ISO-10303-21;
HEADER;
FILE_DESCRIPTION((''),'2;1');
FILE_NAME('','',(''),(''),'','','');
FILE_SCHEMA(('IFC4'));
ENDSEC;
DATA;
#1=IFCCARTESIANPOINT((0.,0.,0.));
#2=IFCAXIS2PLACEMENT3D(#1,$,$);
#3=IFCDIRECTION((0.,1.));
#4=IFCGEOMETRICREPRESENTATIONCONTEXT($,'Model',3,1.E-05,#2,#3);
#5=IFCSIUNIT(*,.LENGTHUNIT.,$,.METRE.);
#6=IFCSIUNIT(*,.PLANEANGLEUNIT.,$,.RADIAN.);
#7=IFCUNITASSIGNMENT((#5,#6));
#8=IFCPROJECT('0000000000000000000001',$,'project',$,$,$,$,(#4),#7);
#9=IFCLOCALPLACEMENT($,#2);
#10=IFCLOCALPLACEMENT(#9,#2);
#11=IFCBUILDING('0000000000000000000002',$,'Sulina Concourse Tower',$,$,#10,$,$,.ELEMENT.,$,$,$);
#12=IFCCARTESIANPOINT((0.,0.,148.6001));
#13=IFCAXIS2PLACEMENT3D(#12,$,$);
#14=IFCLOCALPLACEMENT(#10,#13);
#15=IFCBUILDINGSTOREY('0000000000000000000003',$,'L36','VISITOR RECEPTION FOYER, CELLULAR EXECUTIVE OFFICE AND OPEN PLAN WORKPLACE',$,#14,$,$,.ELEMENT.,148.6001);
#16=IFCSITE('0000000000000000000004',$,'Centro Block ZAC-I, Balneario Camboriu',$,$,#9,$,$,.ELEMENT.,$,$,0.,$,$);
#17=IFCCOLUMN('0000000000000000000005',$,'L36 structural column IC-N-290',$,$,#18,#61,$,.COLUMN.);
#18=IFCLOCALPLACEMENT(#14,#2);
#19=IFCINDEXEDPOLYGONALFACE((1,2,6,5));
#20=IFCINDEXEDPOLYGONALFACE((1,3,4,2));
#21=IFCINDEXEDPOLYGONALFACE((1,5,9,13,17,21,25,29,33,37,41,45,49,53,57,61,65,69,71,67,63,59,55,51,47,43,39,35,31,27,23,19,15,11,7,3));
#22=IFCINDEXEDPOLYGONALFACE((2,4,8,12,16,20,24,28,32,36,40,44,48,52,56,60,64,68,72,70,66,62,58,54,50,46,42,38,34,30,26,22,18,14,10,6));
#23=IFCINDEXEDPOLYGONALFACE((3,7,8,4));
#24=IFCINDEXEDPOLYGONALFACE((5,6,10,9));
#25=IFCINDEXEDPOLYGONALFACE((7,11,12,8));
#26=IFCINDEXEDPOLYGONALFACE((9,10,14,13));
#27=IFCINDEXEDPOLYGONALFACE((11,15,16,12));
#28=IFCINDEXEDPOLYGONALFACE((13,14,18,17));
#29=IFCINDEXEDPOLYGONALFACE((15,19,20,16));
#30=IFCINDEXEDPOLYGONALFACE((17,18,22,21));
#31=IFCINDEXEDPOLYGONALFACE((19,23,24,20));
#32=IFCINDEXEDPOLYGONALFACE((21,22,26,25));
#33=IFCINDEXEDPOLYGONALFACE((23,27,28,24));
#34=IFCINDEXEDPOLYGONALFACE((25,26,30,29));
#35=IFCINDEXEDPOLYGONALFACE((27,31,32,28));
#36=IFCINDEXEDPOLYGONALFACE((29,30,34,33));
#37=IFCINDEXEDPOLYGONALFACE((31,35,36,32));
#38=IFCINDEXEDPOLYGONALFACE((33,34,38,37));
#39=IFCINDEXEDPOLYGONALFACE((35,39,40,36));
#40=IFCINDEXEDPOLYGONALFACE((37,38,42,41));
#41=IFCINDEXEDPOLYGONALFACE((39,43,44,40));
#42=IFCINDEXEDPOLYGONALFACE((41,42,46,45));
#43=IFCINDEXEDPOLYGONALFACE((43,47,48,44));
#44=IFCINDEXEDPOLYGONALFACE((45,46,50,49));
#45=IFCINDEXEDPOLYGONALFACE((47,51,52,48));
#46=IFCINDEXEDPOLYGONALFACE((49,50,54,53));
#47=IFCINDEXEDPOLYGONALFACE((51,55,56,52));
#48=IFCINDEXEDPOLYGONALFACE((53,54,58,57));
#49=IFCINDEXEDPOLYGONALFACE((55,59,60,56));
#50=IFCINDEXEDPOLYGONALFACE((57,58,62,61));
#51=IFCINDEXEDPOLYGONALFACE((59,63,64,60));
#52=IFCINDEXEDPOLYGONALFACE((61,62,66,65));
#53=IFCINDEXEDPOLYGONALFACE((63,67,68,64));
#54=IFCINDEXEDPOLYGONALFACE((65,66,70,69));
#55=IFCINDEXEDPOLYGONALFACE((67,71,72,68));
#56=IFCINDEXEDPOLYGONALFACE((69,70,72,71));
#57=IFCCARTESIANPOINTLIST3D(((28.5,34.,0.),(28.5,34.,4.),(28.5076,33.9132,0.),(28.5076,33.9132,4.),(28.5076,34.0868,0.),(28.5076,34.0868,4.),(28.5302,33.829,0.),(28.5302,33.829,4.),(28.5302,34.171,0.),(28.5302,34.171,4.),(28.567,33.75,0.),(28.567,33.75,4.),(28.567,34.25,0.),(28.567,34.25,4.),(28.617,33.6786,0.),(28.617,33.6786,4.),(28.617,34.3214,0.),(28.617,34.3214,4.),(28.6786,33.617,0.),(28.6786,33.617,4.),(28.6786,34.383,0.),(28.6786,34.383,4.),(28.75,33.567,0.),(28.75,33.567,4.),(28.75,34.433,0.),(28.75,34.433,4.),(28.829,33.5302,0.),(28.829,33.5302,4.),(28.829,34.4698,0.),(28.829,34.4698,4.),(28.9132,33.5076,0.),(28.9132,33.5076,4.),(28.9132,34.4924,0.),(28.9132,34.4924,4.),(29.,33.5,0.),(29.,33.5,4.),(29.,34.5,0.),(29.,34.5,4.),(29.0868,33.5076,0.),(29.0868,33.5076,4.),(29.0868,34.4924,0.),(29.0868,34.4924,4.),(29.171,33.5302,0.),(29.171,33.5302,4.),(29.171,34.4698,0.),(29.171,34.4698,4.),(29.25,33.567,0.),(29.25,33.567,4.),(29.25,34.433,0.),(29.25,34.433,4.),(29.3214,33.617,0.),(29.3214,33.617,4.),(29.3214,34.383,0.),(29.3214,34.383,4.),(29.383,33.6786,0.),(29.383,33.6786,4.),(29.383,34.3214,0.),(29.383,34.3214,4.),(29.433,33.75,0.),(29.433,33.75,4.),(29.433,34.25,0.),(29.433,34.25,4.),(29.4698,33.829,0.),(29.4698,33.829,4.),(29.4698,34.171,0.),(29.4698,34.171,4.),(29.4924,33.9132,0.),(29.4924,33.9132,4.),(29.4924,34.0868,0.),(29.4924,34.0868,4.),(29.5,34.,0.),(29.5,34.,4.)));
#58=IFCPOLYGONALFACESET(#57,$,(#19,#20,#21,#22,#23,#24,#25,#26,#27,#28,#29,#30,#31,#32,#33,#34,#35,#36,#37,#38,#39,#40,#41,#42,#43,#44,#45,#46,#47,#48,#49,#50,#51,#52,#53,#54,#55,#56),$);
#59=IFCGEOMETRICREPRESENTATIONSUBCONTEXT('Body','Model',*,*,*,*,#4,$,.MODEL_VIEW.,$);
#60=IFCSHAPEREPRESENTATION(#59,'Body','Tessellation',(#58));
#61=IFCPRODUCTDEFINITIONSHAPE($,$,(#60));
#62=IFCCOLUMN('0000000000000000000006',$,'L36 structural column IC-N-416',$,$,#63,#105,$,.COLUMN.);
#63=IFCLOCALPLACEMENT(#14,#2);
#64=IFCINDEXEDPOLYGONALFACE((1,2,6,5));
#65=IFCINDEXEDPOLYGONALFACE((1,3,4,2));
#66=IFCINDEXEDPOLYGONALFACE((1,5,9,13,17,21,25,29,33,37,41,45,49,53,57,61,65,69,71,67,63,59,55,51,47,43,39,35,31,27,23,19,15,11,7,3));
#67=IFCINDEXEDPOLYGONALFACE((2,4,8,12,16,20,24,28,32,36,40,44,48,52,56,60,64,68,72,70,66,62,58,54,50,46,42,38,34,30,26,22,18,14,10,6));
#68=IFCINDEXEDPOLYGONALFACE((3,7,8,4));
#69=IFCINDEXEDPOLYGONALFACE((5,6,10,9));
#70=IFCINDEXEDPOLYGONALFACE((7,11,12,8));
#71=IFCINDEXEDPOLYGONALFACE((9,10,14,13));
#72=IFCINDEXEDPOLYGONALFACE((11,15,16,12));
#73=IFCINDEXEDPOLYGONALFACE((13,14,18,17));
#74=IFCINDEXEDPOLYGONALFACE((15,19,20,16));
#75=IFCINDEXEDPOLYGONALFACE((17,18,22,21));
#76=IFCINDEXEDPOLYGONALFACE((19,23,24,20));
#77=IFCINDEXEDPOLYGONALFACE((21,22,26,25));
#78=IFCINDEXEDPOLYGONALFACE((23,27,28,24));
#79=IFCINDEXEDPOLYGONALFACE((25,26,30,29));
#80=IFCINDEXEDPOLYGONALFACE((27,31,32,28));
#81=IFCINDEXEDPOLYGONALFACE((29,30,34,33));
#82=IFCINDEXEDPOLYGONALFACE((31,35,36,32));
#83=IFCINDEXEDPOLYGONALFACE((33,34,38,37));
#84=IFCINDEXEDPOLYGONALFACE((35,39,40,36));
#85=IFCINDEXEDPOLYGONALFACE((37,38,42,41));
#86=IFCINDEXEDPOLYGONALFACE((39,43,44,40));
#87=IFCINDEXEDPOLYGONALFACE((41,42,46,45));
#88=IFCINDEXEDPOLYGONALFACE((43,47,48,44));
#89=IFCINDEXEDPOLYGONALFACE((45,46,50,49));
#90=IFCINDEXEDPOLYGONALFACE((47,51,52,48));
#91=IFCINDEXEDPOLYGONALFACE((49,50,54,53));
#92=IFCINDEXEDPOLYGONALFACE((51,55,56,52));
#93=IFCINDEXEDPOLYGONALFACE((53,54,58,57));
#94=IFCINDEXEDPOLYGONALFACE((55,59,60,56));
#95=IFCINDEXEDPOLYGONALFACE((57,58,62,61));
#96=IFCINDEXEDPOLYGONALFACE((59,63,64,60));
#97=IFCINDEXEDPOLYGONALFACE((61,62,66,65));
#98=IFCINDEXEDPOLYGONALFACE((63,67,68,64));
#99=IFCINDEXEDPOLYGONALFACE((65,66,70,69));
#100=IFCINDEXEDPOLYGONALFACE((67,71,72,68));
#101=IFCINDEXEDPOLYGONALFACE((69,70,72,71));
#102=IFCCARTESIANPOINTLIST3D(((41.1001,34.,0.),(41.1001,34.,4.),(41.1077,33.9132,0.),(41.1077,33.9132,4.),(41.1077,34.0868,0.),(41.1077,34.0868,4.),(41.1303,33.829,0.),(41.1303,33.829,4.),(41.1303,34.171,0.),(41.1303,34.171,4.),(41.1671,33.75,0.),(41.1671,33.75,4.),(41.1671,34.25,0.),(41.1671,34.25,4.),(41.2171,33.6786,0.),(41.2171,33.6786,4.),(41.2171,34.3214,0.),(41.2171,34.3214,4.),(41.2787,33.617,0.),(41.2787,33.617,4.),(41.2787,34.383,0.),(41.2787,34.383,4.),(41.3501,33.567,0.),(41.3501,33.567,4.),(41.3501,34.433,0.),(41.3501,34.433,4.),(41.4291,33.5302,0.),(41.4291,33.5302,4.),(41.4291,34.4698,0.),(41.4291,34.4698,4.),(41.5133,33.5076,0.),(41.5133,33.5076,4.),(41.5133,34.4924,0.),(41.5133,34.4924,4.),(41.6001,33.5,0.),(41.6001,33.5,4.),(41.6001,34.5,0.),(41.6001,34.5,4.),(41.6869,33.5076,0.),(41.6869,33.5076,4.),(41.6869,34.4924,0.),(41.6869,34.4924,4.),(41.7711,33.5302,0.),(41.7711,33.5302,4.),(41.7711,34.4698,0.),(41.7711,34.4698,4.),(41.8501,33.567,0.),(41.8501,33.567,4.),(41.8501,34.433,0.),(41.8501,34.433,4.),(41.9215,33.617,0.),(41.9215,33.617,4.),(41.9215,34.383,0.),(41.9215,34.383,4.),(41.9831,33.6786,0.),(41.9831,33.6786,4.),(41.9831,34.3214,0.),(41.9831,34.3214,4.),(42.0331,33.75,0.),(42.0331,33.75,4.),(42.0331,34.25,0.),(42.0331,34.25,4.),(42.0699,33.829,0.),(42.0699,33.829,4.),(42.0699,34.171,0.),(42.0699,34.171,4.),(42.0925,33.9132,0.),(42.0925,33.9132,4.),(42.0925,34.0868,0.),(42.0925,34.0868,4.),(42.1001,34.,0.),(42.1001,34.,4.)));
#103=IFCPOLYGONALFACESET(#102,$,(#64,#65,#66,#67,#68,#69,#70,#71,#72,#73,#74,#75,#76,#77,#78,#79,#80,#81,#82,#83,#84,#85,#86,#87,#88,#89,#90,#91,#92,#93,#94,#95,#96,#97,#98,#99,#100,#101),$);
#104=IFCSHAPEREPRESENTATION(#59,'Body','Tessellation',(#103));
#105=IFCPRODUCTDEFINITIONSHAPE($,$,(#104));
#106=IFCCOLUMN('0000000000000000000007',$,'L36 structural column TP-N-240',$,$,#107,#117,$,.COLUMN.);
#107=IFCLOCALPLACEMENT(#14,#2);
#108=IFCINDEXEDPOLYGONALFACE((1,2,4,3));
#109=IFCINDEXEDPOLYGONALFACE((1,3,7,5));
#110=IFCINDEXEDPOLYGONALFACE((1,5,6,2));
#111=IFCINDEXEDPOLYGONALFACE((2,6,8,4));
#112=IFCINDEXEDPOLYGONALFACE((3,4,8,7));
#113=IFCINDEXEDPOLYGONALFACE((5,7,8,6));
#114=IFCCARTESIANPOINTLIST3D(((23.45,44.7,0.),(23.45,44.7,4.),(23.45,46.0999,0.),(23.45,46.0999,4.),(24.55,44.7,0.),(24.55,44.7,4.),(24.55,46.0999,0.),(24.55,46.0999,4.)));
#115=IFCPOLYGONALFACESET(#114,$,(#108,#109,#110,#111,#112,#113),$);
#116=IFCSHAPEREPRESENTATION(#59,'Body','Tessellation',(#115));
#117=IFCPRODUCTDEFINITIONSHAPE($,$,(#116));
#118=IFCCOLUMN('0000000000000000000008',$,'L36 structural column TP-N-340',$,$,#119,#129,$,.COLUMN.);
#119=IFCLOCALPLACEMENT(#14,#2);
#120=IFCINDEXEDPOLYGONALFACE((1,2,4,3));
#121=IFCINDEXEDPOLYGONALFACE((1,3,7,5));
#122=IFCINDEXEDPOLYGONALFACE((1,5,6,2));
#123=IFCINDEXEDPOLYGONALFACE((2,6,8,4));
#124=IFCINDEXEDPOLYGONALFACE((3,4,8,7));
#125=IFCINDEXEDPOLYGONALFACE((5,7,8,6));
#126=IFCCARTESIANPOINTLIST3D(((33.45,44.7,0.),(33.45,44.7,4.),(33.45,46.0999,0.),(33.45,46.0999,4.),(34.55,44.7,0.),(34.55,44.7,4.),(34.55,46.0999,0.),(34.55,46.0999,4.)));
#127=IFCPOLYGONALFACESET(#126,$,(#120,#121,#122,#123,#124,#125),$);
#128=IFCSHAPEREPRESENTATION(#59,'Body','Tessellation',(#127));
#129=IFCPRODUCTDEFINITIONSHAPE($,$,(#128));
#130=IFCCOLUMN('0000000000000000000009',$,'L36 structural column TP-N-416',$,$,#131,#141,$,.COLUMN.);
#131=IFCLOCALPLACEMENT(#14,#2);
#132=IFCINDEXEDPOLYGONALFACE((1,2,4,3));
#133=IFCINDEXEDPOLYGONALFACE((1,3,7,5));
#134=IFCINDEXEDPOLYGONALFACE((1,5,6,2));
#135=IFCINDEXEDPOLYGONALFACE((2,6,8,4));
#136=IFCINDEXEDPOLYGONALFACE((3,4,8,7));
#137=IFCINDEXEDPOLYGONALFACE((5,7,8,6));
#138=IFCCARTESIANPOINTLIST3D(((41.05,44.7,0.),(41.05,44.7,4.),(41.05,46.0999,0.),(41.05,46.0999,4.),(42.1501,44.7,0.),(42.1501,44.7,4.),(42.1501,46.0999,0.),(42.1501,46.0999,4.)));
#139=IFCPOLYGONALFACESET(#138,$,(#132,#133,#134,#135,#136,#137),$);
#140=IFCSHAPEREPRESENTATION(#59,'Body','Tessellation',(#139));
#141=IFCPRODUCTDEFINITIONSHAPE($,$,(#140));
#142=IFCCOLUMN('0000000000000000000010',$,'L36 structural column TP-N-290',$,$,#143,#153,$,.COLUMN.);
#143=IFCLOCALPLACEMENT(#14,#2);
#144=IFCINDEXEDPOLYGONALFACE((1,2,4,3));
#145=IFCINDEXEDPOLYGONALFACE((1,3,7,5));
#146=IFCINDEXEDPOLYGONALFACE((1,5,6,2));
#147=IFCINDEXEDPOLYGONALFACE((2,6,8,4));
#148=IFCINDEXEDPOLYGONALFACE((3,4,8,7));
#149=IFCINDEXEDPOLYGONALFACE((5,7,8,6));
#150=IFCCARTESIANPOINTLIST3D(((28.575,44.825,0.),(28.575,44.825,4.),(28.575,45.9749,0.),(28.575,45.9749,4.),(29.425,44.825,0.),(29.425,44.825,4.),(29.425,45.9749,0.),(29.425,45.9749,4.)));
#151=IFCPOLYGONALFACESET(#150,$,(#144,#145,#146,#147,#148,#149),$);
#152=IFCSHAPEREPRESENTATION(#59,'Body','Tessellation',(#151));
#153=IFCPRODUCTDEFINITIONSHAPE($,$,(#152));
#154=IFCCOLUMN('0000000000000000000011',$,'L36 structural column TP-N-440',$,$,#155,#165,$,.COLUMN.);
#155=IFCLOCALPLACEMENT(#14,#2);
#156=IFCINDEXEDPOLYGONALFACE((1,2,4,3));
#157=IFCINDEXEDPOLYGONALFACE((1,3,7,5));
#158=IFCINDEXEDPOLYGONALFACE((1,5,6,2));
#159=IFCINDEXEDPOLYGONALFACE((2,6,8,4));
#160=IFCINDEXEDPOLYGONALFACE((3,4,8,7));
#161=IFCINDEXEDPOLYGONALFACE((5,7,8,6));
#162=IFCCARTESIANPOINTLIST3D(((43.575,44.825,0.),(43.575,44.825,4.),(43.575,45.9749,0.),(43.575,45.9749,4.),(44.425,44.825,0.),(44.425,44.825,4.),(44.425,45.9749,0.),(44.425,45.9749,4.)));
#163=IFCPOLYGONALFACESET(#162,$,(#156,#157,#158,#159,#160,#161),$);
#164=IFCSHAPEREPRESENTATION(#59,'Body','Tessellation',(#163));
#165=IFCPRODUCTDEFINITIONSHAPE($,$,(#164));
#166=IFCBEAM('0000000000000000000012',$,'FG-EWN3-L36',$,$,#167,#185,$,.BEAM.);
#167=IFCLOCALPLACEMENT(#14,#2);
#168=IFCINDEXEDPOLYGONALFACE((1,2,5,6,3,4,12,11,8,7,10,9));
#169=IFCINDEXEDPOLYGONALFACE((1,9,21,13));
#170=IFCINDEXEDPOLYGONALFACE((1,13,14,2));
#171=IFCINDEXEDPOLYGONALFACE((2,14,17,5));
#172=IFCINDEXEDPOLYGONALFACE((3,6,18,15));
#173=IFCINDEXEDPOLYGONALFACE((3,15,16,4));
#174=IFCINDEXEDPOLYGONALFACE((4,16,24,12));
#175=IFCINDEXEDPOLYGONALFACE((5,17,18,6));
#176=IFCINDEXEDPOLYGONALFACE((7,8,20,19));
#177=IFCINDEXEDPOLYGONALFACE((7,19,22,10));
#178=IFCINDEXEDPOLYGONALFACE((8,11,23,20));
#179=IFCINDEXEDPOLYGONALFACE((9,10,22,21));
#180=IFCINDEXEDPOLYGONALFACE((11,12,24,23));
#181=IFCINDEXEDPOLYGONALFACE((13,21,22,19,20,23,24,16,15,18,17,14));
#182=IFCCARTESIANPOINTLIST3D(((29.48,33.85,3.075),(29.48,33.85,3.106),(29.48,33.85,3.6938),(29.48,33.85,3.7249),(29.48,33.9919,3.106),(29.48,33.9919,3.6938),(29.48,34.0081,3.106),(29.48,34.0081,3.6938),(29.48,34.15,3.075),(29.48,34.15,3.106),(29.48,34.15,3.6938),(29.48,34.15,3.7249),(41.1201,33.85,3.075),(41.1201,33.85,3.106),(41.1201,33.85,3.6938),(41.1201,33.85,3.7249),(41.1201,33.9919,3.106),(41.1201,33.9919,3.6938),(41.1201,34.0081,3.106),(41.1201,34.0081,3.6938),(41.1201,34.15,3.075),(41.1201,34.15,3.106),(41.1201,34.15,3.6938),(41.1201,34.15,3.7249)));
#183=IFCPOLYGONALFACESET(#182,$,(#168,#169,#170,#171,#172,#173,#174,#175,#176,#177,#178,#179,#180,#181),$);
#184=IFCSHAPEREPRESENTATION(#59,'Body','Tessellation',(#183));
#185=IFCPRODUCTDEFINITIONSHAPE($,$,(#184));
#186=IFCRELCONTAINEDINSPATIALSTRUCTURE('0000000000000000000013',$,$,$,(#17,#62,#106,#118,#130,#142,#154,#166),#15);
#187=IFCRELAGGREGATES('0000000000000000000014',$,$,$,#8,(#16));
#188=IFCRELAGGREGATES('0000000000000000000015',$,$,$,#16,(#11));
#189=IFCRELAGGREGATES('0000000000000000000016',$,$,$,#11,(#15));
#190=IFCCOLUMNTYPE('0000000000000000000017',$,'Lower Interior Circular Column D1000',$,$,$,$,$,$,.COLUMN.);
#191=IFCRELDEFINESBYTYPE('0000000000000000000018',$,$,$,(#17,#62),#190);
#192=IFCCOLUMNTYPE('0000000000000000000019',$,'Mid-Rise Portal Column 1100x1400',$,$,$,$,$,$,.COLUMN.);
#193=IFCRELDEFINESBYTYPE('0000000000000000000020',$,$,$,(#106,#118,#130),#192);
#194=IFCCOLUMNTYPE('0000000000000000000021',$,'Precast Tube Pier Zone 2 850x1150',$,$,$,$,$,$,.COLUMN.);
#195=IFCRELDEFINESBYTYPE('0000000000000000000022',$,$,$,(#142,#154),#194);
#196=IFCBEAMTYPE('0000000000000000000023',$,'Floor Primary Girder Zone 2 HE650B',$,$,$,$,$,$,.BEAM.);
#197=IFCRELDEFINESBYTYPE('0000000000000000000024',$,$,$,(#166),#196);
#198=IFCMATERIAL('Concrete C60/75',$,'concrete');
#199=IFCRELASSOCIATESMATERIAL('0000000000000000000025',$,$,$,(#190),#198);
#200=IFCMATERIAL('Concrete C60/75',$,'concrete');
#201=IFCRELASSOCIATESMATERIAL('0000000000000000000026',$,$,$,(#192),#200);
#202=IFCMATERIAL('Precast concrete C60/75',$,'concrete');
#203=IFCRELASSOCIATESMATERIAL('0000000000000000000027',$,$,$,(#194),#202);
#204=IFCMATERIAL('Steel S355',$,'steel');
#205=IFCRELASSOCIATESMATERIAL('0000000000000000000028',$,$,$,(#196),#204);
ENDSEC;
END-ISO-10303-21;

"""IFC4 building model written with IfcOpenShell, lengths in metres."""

from ifc_helpers import new_model, si_unit, direction, frame, origin, origin_2d, place, context, subcontext, project, spatial, rectangle, circle, i_section, extrude, material, material_profile, profile_set, type_object, element, save


model = new_model("IFC4")

# Units and contexts
model_context = context("Model", 3, precision=1e-05, world=origin(), true_north=direction((0.0, 1.0)))
body_context = subcontext(model_context, "Body", "Model", "MODEL_VIEW")
ifc_project = project(units=[si_unit("LENGTHUNIT", "METRE"), si_unit("PLANEANGLEUNIT", "RADIAN")], contexts=[model_context])

# Site, building, storey
site_placement = place(None, origin())
site = spatial("IfcSite", under=ifc_project, at=site_placement, Name="Centro Block ZAC-I, Balneario Camboriu", CompositionType="ELEMENT", RefElevation=0.0)
building_placement = place(site_placement, origin())
building = spatial("IfcBuilding", under=site, at=building_placement, Name="Sulina Concourse Tower", CompositionType="ELEMENT")
storey_placement = place(building_placement, frame((0.0, 0.0, 148.6001)))
storey = spatial("IfcBuildingStorey", under=building, at=storey_placement, Name="L36", Description="VISITOR RECEPTION FOYER, CELLULAR EXECUTIVE OFFICE AND OPEN PLAN WORKPLACE", CompositionType="ELEMENT", Elevation=148.6001)

# Columns
ifc_material_1 = material(Name="Concrete C60/75", Category="concrete")
ifc_material_profile_1 = material_profile(ifc_material_1, circle(Radius=0.5, at=origin_2d()), Name="RC D1000")
ifc_profile_set_1 = profile_set([ifc_material_profile_1], Name="Concrete C60/75")
column_type_1 = type_object("IfcColumnType", Name="Lower Interior Circular Column D1000", PredefinedType="COLUMN", material=ifc_profile_set_1)
for number, where, z_axis, x_axis, name in (
    (1, (29.0, 34.0, 0.0), (0.0, 0.0, 1.0), (1.0, 0.0, 0.0), "L36 structural column IC-N-290"),
    (2, (41.6001, 34.0, 0.0), (0.0, 0.0, 1.0), (1.0, 0.0, 0.0), "L36 structural column IC-N-416"),
):
    element("IfcColumn", number, at=place(storey_placement, frame(where, z_axis=z_axis, x_axis=x_axis)), inside=storey, type_object=column_type_1, Name=name, PredefinedType="COLUMN", context=body_context, shape_type="SweptSolid", body=[
        extrude(circle(Radius=0.5, at=origin_2d()), origin(), (0.0, 0.0, 1.0), 4.0),
    ])
ifc_material_2 = material(Name="Concrete C60/75", Category="concrete")
ifc_material_profile_2 = material_profile(ifc_material_2, rectangle(XDim=1.1001, YDim=1.3999, at=origin_2d()), Name="RC 1100x1400")
ifc_profile_set_2 = profile_set([ifc_material_profile_2], Name="Concrete C60/75")
column_type_2 = type_object("IfcColumnType", Name="Mid-Rise Portal Column 1100x1400", PredefinedType="COLUMN", material=ifc_profile_set_2)
for number, where, z_axis, x_axis, name in (
    (3, (24.0, 45.3999, 0.0), (0.0, 0.0, 1.0), (1.0, 0.0, 0.0), "L36 structural column TP-N-240"),
    (4, (34.0, 45.3999, 0.0), (0.0, 0.0, 1.0), (1.0, 0.0, 0.0), "L36 structural column TP-N-340"),
    (5, (41.6001, 45.3999, 0.0), (0.0, 0.0, 1.0), (1.0, 0.0, 0.0), "L36 structural column TP-N-416"),
):
    element("IfcColumn", number, at=place(storey_placement, frame(where, z_axis=z_axis, x_axis=x_axis)), inside=storey, type_object=column_type_2, Name=name, PredefinedType="COLUMN", context=body_context, shape_type="SweptSolid", body=[
        extrude(rectangle(XDim=1.1001, YDim=1.3999, at=origin_2d()), origin(), (0.0, 0.0, 1.0), 4.0),
    ])
ifc_material_3 = material(Name="Precast concrete C60/75", Category="concrete")
ifc_material_profile_3 = material_profile(ifc_material_3, rectangle(XDim=0.8501, YDim=1.1499, at=origin_2d()), Name="PC 850x1150")
ifc_profile_set_3 = profile_set([ifc_material_profile_3], Name="Precast concrete C60/75")
column_type_3 = type_object("IfcColumnType", Name="Precast Tube Pier Zone 2 850x1150", PredefinedType="COLUMN", material=ifc_profile_set_3)
for number, where, z_axis, x_axis, name in (
    (6, (29.0, 45.3999, 0.0), (0.0, 0.0, 1.0), (1.0, 0.0, 0.0), "L36 structural column TP-N-290"),
    (7, (44.0, 45.3999, 0.0), (0.0, 0.0, 1.0), (1.0, 0.0, 0.0), "L36 structural column TP-N-440"),
):
    element("IfcColumn", number, at=place(storey_placement, frame(where, z_axis=z_axis, x_axis=x_axis)), inside=storey, type_object=column_type_3, Name=name, PredefinedType="COLUMN", context=body_context, shape_type="SweptSolid", body=[
        extrude(rectangle(XDim=0.8501, YDim=1.1499, at=origin_2d()), origin(), (0.0, 0.0, 1.0), 4.0),
    ])

# Beam
ifc_material_4 = material(Name="Steel S355", Category="steel")
ifc_material_profile_4 = material_profile(ifc_material_4, i_section(OverallWidth=0.3, OverallDepth=0.6499, WebThickness=0.0161, FlangeThickness=0.031, at=origin_2d()), Name="HE 650 B")
ifc_profile_set_4 = profile_set([ifc_material_profile_4], Name="Steel S355")
beam_type_1 = type_object("IfcBeamType", Name="Floor Primary Girder Zone 2 HE650B", PredefinedType="BEAM", material=ifc_profile_set_4)
beam_1_placement = place(storey_placement, frame((29.48, 34.0, 3.3999), z_axis=(1.0, 0.0, 0.0), x_axis=(0.0, 1.0, 0.0)))
element("IfcBeam", 8, at=beam_1_placement, inside=storey, type_object=beam_type_1, Name="FG-EWN3-L36", PredefinedType="BEAM", context=body_context, shape_type="SweptSolid", body=[
    extrude(i_section(OverallWidth=0.3, OverallDepth=0.6499, WebThickness=0.0161, FlangeThickness=0.031, at=origin_2d()), origin(), (0.0, 0.0, 1.0), 11.6401),
])

save(model, "model.ifc")
